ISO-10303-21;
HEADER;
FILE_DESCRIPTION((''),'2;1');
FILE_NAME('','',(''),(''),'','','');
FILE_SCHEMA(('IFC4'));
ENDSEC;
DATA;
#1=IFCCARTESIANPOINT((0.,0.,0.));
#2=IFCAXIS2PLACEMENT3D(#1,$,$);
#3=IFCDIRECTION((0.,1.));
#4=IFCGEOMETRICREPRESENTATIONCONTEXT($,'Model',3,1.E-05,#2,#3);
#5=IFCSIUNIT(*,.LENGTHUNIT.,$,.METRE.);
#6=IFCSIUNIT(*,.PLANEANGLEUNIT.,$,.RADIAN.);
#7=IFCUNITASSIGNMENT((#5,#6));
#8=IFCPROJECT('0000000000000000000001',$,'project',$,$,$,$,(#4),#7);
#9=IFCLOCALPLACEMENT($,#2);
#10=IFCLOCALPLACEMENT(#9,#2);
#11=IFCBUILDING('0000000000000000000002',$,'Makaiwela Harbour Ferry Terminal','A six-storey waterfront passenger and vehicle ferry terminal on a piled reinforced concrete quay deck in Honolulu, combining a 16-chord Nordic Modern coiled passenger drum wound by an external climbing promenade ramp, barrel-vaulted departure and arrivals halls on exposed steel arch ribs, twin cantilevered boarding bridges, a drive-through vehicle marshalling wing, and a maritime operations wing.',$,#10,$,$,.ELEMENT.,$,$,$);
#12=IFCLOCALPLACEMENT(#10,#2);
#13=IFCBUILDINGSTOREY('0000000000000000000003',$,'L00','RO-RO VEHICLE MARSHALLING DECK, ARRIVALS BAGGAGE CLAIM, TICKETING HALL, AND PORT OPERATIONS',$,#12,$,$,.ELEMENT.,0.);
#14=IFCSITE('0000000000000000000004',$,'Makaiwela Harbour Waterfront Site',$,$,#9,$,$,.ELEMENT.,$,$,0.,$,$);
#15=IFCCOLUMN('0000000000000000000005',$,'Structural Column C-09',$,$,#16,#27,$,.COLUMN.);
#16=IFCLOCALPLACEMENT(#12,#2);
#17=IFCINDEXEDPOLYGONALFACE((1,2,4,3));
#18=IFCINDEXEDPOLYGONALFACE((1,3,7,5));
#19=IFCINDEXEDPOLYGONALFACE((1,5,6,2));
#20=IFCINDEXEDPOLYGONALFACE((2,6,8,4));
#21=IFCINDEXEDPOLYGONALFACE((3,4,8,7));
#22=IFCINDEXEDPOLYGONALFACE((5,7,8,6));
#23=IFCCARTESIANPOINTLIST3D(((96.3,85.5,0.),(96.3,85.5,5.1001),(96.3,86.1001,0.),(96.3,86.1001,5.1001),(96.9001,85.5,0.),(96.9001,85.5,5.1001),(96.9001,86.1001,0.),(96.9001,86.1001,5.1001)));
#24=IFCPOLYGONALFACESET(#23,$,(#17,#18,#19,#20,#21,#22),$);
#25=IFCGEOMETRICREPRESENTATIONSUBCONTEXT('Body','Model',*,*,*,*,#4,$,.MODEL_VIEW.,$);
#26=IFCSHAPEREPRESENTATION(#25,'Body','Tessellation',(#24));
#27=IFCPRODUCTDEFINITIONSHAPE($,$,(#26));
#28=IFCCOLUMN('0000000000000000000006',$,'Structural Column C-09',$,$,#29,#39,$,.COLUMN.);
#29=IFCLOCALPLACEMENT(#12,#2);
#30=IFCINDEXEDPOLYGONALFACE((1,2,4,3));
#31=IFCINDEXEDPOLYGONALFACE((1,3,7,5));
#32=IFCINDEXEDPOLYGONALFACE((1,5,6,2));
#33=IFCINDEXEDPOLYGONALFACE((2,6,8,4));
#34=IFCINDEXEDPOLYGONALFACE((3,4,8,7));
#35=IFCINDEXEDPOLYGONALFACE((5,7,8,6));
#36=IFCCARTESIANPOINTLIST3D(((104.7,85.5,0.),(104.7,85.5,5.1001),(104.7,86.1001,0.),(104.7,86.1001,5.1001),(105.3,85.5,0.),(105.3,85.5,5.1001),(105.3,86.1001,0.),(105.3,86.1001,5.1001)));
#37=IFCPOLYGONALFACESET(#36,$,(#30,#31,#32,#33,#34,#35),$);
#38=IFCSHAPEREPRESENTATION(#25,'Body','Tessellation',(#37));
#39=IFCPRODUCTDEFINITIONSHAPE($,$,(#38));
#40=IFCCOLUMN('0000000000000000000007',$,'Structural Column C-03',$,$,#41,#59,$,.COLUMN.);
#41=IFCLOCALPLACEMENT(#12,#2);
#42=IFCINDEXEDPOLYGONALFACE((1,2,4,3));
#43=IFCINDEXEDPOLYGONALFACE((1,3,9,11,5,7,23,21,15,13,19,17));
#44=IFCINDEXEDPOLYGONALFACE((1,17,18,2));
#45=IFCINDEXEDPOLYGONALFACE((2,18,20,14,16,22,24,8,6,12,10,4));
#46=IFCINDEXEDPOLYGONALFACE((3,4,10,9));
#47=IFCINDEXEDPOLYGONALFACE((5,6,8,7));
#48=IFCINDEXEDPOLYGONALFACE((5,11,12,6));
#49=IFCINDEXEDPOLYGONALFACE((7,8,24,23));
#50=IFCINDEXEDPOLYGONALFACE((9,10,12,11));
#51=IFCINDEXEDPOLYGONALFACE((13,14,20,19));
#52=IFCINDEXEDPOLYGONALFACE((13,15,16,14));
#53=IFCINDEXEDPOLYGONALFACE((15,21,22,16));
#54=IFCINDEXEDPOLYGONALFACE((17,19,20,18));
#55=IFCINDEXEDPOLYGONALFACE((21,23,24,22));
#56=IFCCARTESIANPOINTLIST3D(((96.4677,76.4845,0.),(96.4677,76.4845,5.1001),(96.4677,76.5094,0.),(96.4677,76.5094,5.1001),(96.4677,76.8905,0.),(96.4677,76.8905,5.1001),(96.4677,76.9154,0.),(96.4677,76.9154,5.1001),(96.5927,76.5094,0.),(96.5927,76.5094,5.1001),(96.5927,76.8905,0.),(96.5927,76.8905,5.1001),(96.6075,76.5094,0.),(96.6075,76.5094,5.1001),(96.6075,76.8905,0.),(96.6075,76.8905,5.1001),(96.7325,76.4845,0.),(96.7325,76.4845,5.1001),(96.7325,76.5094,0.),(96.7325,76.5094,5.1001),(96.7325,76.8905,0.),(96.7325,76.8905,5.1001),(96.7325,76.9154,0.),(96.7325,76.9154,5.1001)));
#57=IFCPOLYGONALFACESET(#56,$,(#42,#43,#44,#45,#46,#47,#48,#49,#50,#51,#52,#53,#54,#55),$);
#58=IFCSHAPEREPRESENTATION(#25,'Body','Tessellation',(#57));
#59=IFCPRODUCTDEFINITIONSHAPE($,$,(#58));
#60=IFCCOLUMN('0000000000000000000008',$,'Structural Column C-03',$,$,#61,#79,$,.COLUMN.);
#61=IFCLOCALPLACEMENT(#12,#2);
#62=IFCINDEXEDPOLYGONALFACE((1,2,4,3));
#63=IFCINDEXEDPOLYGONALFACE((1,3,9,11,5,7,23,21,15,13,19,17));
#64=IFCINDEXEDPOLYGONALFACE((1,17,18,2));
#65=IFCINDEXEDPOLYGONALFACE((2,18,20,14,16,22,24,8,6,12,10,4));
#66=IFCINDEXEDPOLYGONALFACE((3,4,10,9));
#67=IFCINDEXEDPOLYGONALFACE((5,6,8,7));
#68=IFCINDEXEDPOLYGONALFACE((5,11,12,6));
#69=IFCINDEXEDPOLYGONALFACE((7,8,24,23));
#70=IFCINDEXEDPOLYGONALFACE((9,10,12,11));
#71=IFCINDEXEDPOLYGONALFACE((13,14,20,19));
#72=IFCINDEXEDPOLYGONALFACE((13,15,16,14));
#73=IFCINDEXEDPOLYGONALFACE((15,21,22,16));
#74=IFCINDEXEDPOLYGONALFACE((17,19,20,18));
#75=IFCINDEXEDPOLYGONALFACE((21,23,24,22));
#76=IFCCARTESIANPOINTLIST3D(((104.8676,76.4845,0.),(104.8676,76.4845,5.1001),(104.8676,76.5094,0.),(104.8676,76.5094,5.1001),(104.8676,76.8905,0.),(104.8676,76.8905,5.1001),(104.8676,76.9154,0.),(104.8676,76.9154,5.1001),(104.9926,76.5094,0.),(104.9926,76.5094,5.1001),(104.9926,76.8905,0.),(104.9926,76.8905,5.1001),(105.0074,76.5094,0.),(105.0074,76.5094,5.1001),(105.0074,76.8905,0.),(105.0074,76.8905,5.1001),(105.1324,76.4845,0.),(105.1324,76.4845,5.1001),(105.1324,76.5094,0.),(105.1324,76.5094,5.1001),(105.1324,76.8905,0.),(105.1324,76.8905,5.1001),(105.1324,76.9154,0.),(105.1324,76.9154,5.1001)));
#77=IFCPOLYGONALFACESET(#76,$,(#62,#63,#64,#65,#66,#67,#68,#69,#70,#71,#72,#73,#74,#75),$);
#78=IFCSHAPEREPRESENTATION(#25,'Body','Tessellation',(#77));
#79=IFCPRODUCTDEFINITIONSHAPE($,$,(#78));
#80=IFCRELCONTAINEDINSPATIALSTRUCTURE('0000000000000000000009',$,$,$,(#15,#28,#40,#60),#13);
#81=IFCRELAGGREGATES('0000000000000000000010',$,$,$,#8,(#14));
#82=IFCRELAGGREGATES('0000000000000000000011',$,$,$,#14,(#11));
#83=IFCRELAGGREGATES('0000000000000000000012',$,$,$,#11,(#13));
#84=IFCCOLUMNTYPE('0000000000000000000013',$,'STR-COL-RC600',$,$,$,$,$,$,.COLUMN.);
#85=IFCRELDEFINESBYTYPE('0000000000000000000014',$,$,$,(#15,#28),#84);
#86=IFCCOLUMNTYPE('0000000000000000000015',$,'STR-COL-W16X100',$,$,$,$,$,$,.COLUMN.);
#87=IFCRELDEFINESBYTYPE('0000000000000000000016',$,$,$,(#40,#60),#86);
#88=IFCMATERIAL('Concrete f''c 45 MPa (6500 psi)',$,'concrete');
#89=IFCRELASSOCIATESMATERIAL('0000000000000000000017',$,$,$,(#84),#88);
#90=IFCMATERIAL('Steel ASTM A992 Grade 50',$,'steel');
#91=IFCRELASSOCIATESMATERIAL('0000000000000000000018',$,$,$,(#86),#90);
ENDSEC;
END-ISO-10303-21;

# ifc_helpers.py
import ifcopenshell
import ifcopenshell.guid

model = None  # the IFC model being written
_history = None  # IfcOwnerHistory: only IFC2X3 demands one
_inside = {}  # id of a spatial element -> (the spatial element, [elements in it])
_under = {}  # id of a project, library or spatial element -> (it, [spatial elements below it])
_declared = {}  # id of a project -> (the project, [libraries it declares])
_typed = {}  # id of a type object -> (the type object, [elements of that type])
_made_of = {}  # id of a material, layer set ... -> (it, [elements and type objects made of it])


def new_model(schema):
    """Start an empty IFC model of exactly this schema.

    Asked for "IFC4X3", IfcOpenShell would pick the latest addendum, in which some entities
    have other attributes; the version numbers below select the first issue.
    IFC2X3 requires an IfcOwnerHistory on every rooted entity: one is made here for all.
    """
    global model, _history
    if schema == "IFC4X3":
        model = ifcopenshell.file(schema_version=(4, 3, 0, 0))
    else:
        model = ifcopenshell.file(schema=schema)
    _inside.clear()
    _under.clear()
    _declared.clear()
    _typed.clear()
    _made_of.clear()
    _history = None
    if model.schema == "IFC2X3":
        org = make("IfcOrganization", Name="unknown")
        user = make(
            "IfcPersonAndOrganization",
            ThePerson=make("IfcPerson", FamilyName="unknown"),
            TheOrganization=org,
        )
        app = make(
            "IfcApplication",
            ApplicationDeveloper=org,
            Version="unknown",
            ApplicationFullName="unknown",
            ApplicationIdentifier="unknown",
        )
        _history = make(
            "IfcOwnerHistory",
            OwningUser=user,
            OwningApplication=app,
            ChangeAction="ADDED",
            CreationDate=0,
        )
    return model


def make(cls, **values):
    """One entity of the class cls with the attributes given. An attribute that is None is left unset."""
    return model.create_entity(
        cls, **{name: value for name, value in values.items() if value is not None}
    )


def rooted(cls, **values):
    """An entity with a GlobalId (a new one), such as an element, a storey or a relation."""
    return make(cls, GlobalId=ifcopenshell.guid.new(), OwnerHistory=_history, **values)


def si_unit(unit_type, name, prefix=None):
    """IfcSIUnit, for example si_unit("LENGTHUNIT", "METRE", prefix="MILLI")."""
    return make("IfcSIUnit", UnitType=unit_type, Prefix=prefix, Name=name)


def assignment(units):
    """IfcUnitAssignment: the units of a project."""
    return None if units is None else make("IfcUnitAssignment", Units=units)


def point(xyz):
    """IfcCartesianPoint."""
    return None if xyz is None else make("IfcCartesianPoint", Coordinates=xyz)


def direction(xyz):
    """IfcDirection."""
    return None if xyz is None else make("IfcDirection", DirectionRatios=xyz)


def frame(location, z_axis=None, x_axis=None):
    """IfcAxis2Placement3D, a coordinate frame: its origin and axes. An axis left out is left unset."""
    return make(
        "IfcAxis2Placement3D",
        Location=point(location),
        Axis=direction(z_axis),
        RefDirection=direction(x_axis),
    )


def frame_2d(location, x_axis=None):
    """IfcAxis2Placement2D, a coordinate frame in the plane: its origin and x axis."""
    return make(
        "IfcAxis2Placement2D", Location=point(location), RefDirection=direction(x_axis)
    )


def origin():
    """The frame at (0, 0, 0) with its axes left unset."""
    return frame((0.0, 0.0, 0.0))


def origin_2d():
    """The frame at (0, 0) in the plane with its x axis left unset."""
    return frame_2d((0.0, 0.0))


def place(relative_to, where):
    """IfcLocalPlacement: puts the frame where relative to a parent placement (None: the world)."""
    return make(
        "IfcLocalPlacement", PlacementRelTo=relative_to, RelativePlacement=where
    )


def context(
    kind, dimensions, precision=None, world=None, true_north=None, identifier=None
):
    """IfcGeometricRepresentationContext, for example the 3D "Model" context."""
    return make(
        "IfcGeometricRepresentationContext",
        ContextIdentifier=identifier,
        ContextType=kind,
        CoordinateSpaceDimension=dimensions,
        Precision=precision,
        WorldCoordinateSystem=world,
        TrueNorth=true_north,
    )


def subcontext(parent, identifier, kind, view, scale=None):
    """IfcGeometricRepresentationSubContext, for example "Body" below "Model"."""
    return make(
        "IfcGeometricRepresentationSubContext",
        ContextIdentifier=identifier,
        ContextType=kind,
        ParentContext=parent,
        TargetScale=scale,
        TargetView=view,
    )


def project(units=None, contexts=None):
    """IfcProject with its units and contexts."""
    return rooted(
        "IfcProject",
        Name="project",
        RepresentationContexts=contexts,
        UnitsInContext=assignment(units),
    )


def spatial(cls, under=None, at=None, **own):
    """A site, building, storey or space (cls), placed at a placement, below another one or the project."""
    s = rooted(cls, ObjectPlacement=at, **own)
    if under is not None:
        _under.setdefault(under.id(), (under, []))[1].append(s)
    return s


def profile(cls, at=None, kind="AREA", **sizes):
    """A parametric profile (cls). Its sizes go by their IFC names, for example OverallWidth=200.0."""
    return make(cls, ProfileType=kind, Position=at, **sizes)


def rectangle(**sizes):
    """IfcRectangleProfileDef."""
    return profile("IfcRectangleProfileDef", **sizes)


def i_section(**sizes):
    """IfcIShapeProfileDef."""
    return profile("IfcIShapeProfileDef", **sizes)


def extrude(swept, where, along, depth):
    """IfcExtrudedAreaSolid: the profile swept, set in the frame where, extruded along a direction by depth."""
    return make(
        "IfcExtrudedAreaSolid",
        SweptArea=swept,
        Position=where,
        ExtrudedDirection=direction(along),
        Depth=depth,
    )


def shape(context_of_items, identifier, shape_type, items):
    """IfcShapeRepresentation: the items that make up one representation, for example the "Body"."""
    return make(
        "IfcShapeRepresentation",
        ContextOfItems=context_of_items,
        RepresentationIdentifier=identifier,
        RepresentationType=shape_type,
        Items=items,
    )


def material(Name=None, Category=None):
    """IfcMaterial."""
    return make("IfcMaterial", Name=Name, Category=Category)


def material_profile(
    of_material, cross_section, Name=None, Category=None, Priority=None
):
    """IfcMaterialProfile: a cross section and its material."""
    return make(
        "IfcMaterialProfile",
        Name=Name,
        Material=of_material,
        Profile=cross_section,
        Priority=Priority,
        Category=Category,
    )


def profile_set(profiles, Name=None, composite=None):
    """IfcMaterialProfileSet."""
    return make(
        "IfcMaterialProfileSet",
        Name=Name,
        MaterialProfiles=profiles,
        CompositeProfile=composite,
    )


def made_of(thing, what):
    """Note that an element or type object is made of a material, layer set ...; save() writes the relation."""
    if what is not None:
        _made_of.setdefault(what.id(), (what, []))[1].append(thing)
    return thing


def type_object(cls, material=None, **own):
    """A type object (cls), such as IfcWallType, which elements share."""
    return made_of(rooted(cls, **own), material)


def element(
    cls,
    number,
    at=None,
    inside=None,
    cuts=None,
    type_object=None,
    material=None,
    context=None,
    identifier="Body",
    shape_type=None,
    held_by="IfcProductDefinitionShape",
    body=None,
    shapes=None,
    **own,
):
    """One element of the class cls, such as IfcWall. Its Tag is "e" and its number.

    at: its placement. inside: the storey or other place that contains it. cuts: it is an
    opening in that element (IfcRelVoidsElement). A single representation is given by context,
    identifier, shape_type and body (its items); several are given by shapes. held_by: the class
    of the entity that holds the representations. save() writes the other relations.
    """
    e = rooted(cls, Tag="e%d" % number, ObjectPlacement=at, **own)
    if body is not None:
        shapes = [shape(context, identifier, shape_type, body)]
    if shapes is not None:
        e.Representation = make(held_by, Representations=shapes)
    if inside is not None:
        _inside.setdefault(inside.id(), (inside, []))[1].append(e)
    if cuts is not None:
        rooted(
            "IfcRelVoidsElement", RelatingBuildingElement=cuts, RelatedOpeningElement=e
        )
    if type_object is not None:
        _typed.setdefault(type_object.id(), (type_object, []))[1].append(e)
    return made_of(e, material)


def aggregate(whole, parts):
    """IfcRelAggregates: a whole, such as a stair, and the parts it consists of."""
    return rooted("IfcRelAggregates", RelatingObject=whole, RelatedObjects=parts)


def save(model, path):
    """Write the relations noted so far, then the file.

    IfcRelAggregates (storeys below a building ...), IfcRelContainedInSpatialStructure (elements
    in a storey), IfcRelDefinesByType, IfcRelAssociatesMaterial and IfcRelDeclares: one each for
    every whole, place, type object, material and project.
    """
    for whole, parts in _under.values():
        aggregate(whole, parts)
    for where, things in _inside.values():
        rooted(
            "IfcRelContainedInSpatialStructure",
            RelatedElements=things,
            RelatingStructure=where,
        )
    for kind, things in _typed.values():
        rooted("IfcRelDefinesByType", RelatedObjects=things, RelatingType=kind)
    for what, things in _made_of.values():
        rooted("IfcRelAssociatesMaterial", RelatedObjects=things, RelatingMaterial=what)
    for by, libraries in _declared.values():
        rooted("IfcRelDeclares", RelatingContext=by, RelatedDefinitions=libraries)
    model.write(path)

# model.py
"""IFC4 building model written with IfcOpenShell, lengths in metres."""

from ifc_helpers import new_model, si_unit, direction, frame, origin, origin_2d, place, context, subcontext, project, spatial, rectangle, i_section, extrude, material, material_profile, profile_set, type_object, element, save


model = new_model("IFC4")

# Units and contexts
model_context = context("Model", 3, precision=1e-05, world=origin(), true_north=direction((0.0, 1.0)))
body_context = subcontext(model_context, "Body", "Model", "MODEL_VIEW")
ifc_project = project(units=[si_unit("LENGTHUNIT", "METRE"), si_unit("PLANEANGLEUNIT", "RADIAN")], contexts=[model_context])

# Site, building, storey
site_placement = place(None, origin())
site = spatial("IfcSite", under=ifc_project, at=site_placement, Name="Makaiwela Harbour Waterfront Site", CompositionType="ELEMENT", RefElevation=0.0)
building_placement = place(site_placement, origin())
building = spatial("IfcBuilding", under=site, at=building_placement, Name="Makaiwela Harbour Ferry Terminal", Description="A six-storey waterfront passenger and vehicle ferry terminal on a piled reinforced concrete quay deck in Honolulu, combining a 16-chord Nordic Modern coiled passenger drum wound by an external climbing promenade ramp, barrel-vaulted departure and arrivals halls on exposed steel arch ribs, twin cantilevered boarding bridges, a drive-through vehicle marshalling wing, and a maritime operations wing.", CompositionType="ELEMENT")
storey_placement = place(building_placement, origin())
storey = spatial("IfcBuildingStorey", under=building, at=storey_placement, Name="L00", Description="RO-RO VEHICLE MARSHALLING DECK, ARRIVALS BAGGAGE CLAIM, TICKETING HALL, AND PORT OPERATIONS", CompositionType="ELEMENT", Elevation=0.0)

# Shared definitions
ifc_material_1 = material(Name="Concrete f'c 45 MPa (6500 psi)", Category="concrete")

# Columns
ifc_material_profile_1 = material_profile(ifc_material_1, rectangle(XDim=0.6001, YDim=0.6001, at=origin_2d()), Name="RC-600X600")
ifc_profile_set_1 = profile_set([ifc_material_profile_1], Name="Concrete f'c 45 MPa (6500 psi)")
column_type_1 = type_object("IfcColumnType", Name="STR-COL-RC600", PredefinedType="COLUMN", material=ifc_profile_set_1)
for number, where, z_axis, x_axis, name in (
    (1, (96.6001, 85.8, 0.0), (0.0, 0.0, 1.0), (1.0, 0.0, 0.0), "Structural Column C-09"),
    (2, (105.0, 85.8, 0.0), (0.0, 0.0, 1.0), (1.0, 0.0, 0.0), "Structural Column C-09"),
):
    element("IfcColumn", number, at=place(storey_placement, frame(where, z_axis=z_axis, x_axis=x_axis)), inside=storey, type_object=column_type_1, Name=name, PredefinedType="COLUMN", context=body_context, shape_type="SweptSolid", body=[
        extrude(rectangle(XDim=0.6001, YDim=0.6001, at=origin_2d()), origin(), (0.0, 0.0, 1.0), 5.1001),
    ])
ifc_material_2 = material(Name="Steel ASTM A992 Grade 50", Category="steel")
ifc_material_profile_2 = material_profile(ifc_material_2, i_section(OverallWidth=0.2649, OverallDepth=0.4309, WebThickness=0.0149, FlangeThickness=0.0249, at=origin_2d()), Name="W16X100")
ifc_profile_set_2 = profile_set([ifc_material_profile_2], Name="Steel ASTM A992 Grade 50")
column_type_2 = type_object("IfcColumnType", Name="STR-COL-W16X100", PredefinedType="COLUMN", material=ifc_profile_set_2)
for number, where, z_axis, x_axis, name in (
    (3, (96.6001, 76.7, 0.0), (0.0, 0.0, 1.0), (1.0, 0.0, 0.0), "Structural Column C-03"),
    (4, (105.0, 76.7, 0.0), (0.0, 0.0, 1.0), (1.0, 0.0, 0.0), "Structural Column C-03"),
):
    element("IfcColumn", number, at=place(storey_placement, frame(where, z_axis=z_axis, x_axis=x_axis)), inside=storey, type_object=column_type_2, Name=name, PredefinedType="COLUMN", context=body_context, shape_type="SweptSolid", body=[
        extrude(i_section(OverallWidth=0.2649, OverallDepth=0.4309, WebThickness=0.0149, FlangeThickness=0.0249, at=origin_2d()), origin(), (0.0, 0.0, 1.0), 5.1001),
    ])

save(model, "model.ifc")
